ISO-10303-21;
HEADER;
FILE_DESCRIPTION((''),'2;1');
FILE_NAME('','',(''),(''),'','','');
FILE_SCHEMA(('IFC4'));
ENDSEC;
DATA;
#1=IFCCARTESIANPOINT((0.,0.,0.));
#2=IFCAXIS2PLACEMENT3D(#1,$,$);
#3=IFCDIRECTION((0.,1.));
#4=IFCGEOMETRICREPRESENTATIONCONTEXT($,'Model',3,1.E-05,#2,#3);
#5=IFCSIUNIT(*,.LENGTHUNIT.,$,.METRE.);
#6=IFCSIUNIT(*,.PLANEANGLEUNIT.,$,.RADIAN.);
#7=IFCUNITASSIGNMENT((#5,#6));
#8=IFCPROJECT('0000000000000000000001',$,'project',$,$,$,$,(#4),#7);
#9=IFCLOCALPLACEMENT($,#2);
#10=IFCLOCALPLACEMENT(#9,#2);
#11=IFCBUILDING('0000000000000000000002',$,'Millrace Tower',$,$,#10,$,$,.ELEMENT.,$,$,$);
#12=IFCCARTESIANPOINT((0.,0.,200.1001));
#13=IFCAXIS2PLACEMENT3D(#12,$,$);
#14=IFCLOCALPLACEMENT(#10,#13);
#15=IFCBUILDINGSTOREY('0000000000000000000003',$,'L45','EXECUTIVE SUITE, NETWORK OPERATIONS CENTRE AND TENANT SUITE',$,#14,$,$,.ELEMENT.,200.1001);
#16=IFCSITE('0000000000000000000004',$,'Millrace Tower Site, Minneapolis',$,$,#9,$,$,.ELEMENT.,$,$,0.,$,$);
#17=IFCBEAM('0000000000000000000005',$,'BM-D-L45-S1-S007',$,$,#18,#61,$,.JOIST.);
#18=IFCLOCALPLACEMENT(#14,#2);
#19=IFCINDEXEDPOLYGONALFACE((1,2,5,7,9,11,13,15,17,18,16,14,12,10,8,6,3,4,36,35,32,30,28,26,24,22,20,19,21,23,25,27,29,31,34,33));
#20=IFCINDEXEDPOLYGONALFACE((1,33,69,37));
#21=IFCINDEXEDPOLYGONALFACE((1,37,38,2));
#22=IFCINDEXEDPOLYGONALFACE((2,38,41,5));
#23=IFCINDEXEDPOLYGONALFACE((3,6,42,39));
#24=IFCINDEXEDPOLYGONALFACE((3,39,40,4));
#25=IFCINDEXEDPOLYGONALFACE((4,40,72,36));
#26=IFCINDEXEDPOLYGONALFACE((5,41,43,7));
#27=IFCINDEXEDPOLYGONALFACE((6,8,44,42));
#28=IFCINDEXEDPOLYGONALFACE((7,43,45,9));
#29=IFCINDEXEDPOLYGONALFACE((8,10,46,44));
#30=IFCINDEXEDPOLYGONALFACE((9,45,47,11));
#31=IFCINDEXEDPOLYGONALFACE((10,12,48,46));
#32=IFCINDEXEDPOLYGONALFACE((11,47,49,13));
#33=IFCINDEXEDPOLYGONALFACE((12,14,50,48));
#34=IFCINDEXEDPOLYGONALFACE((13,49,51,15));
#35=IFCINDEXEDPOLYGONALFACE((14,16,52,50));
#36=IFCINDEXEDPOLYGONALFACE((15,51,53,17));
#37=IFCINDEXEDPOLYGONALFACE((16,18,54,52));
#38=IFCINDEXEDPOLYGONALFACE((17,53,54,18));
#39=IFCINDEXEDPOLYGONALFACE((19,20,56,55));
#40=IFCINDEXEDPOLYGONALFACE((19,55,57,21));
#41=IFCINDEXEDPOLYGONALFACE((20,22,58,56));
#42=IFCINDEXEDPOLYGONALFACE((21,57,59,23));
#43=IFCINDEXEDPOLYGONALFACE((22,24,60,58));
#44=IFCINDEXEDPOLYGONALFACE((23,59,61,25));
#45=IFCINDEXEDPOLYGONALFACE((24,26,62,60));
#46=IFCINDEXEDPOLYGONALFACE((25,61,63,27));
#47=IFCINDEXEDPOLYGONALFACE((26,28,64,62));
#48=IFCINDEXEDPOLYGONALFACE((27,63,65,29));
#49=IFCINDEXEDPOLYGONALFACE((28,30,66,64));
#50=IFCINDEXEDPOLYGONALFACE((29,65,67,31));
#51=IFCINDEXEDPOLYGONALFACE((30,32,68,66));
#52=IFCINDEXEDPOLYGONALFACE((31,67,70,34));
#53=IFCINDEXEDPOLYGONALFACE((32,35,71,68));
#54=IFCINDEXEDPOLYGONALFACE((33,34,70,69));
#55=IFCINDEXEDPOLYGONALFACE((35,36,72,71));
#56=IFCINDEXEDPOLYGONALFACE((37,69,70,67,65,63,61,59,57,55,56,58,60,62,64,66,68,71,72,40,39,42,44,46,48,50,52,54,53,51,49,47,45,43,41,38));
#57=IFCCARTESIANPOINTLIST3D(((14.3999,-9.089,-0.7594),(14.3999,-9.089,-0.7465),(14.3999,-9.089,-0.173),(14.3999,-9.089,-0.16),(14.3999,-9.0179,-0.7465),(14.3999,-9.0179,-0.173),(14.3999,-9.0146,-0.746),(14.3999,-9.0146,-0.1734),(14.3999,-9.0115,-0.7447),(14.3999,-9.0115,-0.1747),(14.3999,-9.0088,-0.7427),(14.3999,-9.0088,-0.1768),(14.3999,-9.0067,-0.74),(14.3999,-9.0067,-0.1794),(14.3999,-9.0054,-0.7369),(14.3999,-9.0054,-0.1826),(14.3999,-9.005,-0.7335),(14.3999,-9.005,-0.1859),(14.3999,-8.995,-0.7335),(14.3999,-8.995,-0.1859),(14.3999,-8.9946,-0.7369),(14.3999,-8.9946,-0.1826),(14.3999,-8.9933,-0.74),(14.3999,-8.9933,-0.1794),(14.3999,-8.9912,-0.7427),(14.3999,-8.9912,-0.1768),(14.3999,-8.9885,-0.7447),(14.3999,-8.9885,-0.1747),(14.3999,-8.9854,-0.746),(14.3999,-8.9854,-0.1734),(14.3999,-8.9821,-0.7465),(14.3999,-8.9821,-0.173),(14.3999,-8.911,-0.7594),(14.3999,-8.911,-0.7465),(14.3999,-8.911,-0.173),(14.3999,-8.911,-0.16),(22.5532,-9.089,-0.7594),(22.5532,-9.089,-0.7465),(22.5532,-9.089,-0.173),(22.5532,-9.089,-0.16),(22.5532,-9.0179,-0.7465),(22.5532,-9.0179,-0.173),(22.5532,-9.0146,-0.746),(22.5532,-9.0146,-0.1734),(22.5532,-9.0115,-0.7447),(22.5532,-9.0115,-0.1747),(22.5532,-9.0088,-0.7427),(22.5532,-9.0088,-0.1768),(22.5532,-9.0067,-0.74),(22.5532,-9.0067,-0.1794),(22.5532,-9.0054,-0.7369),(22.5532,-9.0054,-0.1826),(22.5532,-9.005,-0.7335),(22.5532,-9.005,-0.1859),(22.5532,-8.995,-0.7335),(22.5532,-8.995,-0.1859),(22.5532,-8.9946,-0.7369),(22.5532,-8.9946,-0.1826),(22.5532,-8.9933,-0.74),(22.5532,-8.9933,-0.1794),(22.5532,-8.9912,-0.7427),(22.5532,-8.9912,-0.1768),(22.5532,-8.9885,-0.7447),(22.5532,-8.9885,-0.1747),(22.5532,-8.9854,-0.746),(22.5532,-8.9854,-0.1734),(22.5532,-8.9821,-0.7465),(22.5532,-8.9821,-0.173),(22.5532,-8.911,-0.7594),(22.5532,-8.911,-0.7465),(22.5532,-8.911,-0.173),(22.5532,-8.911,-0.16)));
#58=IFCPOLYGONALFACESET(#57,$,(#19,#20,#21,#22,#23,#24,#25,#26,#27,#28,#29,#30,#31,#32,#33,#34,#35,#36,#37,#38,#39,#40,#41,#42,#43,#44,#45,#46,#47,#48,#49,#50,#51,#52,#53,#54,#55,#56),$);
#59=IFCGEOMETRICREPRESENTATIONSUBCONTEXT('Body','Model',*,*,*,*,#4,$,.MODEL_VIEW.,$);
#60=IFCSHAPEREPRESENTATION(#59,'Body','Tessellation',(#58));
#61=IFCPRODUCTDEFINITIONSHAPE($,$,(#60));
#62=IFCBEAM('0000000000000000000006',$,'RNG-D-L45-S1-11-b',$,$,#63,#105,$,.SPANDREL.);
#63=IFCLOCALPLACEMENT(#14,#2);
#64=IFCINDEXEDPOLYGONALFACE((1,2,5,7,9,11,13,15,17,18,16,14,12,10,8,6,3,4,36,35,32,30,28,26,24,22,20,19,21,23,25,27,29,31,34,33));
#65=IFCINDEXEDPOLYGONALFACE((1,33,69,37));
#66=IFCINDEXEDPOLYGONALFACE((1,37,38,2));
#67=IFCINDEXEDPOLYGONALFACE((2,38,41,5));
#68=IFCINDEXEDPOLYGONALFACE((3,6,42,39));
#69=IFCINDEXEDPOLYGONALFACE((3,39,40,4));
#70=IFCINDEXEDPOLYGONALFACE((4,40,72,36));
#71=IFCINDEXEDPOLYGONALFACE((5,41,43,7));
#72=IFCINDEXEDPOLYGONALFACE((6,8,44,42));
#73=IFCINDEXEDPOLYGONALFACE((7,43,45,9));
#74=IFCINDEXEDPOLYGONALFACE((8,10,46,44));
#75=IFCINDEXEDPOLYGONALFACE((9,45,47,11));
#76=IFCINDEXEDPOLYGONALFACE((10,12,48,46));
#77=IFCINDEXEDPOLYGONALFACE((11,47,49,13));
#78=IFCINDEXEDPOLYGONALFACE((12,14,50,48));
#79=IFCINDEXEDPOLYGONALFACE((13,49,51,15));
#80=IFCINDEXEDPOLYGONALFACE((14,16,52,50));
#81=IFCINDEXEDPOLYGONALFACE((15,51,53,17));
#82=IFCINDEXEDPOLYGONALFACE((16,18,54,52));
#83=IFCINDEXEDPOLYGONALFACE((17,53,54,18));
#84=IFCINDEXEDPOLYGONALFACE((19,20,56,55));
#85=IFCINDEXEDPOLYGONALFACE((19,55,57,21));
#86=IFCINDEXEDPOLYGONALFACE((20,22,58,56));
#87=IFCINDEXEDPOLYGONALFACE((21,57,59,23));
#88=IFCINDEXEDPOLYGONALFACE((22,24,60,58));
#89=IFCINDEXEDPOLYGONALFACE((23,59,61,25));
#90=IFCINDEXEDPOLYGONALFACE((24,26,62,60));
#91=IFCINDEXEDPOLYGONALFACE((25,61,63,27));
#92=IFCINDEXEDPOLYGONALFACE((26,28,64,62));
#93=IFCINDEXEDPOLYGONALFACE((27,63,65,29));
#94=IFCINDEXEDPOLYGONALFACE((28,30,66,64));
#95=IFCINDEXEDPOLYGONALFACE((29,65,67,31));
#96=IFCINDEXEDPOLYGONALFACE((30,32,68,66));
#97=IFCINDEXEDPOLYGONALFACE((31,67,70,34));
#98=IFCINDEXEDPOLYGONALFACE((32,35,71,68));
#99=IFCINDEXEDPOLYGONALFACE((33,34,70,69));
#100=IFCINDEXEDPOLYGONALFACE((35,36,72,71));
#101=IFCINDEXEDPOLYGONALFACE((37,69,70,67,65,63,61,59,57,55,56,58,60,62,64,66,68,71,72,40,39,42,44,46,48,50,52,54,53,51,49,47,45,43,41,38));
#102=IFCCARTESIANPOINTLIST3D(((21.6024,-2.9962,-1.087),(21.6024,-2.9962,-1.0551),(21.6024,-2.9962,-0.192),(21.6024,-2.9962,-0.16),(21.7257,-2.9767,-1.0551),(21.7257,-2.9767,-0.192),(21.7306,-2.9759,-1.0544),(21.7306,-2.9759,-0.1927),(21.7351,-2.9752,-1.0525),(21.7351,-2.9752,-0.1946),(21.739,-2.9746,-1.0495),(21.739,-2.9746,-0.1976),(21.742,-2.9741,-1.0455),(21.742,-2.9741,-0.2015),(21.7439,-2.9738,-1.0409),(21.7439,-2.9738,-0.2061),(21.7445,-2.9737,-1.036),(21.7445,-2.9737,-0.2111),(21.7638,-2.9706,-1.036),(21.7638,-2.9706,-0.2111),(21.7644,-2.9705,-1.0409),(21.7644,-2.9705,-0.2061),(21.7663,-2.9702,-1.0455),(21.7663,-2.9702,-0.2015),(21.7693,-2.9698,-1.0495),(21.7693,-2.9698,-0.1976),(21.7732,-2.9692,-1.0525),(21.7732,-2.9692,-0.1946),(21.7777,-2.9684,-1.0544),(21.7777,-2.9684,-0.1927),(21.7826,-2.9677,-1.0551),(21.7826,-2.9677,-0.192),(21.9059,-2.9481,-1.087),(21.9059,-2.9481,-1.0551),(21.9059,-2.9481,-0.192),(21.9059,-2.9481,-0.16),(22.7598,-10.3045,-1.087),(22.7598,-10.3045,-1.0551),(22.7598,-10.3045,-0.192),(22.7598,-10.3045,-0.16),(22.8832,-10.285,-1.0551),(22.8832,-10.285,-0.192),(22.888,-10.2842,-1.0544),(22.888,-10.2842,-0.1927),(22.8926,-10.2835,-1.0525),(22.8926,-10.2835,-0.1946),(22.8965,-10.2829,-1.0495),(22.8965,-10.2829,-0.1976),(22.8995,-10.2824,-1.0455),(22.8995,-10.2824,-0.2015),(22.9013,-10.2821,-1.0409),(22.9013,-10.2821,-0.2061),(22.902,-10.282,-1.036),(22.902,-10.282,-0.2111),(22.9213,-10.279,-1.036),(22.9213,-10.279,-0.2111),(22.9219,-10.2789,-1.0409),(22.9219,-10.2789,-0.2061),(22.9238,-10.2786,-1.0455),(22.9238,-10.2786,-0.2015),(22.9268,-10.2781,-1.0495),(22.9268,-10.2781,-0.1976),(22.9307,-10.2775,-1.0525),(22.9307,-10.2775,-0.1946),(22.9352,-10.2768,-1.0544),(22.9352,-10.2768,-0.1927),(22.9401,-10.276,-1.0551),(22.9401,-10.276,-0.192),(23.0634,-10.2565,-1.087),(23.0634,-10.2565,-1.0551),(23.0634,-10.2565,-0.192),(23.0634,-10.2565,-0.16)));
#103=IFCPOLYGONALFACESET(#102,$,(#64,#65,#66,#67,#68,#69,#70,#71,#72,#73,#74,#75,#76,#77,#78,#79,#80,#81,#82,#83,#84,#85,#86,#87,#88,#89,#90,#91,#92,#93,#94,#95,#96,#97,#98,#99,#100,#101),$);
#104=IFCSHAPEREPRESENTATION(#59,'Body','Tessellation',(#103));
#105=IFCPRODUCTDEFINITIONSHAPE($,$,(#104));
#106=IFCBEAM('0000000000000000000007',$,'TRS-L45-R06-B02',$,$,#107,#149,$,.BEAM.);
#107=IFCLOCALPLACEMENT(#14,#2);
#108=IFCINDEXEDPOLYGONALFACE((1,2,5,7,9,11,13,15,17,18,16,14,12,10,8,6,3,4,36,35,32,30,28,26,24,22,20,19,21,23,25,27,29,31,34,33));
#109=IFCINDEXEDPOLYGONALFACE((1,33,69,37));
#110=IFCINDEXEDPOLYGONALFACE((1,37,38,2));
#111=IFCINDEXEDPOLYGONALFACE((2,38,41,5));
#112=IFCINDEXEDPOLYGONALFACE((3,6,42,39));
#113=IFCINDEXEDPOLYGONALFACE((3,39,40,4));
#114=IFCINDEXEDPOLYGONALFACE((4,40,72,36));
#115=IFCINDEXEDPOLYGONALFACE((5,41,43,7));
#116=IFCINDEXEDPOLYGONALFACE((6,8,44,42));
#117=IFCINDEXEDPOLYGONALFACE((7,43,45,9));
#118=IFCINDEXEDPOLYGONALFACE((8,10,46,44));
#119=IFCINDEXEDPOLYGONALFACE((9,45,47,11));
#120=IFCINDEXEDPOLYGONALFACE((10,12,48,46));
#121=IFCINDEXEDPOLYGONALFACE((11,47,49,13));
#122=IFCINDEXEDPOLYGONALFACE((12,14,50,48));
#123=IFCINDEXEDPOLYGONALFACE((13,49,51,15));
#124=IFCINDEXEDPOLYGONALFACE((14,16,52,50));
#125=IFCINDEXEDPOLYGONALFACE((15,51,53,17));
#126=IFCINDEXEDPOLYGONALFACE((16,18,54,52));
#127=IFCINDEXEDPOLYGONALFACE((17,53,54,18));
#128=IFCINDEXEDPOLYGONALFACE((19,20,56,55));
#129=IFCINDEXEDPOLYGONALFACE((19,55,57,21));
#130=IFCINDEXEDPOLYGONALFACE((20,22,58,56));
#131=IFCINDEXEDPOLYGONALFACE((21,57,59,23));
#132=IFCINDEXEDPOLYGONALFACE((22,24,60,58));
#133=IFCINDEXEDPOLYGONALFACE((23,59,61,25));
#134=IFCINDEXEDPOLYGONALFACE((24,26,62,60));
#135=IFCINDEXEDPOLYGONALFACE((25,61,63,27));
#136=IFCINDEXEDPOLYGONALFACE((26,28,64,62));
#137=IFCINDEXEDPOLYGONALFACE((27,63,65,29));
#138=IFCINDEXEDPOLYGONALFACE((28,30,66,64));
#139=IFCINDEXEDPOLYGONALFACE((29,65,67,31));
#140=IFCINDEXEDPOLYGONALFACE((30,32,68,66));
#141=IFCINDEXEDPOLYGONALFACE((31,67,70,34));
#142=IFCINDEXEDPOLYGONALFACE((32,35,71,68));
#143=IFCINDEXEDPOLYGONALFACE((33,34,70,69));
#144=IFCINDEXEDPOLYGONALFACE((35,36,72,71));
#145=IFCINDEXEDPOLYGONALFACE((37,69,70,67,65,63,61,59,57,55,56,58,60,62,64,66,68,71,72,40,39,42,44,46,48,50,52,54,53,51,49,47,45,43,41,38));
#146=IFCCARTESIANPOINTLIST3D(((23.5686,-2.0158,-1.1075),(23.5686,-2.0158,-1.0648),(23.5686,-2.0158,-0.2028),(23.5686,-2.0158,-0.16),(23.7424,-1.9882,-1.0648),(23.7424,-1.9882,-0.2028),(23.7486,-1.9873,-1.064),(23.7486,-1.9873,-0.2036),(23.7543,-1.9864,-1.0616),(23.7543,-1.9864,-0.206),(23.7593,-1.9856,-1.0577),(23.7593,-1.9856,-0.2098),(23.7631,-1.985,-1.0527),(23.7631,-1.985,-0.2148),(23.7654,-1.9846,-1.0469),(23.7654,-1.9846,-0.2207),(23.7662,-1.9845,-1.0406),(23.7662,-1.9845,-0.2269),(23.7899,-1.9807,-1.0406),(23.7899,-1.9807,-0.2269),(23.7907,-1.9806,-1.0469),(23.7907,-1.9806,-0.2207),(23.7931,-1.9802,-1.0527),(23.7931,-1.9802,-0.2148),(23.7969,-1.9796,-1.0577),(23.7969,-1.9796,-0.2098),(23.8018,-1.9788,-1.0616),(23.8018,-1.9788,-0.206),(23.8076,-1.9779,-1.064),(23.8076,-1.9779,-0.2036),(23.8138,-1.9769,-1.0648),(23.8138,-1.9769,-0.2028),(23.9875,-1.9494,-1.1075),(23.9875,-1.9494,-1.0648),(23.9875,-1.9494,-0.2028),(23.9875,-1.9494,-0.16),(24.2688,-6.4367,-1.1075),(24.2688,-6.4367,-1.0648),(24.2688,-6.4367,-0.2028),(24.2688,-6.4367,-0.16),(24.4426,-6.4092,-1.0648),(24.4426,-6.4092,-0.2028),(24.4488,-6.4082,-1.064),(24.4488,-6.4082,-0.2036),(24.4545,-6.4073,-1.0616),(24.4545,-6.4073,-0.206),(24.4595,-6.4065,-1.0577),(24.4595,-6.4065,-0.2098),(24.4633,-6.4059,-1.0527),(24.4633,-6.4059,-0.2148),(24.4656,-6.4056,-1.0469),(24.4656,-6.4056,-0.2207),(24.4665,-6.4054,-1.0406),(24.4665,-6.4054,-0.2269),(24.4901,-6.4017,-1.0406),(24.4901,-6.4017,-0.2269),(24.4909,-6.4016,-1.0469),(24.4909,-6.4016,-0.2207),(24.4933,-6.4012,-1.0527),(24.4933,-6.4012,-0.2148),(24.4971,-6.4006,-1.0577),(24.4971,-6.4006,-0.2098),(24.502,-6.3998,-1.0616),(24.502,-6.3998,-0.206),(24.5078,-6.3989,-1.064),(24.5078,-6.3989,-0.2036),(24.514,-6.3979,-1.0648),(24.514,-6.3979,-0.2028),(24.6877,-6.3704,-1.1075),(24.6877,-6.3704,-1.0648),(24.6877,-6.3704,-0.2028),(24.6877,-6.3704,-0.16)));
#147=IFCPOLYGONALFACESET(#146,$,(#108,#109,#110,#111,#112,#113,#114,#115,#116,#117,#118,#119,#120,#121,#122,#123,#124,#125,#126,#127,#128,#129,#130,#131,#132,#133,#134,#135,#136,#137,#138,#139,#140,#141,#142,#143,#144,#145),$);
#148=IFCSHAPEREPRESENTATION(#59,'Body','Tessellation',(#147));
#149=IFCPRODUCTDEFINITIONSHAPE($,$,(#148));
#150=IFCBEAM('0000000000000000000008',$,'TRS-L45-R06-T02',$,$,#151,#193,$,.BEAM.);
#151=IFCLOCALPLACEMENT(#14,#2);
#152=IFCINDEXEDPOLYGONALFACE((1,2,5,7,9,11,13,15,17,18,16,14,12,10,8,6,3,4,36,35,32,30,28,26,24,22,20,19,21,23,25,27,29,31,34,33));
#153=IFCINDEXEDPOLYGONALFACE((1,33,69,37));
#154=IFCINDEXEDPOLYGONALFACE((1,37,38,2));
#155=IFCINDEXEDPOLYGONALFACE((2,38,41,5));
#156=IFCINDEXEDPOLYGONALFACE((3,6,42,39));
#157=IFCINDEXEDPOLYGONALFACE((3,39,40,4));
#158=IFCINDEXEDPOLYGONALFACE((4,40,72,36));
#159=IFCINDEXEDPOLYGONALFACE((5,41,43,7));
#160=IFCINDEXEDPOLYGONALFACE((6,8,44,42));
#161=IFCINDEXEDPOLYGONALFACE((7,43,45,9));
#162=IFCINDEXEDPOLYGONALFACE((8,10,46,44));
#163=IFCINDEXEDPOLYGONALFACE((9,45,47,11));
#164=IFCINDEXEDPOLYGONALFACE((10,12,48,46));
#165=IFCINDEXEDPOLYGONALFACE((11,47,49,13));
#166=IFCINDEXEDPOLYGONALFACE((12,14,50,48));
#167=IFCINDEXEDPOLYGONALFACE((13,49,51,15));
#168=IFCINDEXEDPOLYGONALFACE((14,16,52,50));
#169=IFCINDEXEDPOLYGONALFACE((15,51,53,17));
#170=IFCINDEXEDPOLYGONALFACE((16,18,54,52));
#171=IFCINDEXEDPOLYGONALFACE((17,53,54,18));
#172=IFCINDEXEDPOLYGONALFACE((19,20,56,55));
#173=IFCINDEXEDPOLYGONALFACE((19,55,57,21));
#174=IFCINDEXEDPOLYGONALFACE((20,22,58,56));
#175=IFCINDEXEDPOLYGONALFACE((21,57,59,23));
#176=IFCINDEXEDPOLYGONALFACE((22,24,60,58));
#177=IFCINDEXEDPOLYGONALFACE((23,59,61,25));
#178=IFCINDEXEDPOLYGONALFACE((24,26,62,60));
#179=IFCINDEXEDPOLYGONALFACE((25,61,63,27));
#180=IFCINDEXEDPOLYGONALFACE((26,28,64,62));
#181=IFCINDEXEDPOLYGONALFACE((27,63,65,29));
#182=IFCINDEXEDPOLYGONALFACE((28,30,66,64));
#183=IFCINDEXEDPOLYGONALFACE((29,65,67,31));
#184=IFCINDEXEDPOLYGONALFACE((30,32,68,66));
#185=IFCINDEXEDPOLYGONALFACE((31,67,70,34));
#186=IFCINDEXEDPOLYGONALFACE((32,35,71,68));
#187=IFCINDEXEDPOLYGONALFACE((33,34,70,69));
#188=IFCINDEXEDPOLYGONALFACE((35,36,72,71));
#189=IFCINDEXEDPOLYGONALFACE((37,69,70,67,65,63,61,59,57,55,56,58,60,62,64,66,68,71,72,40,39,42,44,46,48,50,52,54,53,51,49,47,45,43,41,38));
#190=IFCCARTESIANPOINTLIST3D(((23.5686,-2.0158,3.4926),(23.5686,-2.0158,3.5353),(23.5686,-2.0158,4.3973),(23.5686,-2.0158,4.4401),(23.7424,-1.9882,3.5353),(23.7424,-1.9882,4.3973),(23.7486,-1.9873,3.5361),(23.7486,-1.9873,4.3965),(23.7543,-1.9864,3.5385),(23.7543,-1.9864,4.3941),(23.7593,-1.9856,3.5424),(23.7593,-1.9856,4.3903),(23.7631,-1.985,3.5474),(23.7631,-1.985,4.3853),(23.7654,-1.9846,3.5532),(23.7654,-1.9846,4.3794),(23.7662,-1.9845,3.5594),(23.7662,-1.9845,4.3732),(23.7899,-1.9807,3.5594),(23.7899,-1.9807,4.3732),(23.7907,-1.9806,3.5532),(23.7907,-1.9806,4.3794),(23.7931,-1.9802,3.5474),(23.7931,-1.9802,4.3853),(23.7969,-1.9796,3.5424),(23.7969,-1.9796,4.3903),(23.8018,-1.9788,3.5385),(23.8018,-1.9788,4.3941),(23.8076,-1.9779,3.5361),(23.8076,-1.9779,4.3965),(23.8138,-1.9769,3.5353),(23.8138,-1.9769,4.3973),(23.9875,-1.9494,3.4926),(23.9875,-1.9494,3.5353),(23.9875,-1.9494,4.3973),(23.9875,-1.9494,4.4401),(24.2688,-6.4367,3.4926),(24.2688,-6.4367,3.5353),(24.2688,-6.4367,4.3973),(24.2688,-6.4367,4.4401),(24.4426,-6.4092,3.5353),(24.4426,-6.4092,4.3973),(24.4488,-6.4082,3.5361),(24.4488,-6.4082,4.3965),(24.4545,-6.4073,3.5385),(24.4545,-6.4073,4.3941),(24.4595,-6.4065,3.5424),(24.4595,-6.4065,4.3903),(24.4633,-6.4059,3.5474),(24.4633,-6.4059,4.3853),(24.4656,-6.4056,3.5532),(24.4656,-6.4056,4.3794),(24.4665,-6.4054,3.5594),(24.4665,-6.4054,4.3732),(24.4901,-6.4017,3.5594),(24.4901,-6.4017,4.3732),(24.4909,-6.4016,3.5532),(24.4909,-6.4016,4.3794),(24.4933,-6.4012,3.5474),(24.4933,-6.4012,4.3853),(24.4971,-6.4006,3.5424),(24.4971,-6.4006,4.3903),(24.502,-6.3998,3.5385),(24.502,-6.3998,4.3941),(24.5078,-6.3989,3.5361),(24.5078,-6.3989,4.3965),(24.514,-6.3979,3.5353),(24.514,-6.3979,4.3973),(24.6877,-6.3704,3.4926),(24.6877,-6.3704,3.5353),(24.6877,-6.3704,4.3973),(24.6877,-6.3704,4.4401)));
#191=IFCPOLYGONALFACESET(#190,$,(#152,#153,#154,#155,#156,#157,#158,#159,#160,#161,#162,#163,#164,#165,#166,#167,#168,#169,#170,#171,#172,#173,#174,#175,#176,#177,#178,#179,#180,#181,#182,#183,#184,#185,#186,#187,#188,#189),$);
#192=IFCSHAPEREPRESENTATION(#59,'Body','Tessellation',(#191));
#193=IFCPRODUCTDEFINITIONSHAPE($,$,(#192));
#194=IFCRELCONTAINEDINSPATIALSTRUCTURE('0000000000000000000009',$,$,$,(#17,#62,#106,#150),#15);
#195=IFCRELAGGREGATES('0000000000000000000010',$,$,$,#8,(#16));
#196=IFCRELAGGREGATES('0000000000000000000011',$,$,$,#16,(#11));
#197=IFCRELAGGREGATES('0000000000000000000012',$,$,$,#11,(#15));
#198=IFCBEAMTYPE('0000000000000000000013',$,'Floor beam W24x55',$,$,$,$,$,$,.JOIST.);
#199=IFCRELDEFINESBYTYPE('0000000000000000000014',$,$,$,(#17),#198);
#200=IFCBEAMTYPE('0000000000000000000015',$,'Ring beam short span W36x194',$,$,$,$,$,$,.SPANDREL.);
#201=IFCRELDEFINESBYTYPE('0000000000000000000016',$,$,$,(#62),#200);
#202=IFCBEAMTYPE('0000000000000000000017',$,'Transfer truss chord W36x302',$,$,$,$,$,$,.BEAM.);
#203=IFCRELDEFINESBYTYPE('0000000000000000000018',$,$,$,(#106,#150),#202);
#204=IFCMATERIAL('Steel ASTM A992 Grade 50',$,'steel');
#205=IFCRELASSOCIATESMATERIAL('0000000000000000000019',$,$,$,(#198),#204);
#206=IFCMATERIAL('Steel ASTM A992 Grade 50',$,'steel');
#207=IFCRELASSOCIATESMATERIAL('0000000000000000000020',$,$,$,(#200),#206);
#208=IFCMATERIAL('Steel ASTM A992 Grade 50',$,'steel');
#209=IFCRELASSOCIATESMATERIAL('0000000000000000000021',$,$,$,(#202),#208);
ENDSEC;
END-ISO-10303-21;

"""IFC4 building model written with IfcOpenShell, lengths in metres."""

from ifc_helpers import new_model, si_unit, direction, frame, origin, origin_2d, place, context, subcontext, project, spatial, i_section, extrude, material, material_profile, profile_set, type_object, element, save


model = new_model("IFC4")

# Units and contexts
model_context = context("Model", 3, precision=1e-05, world=origin(), true_north=direction((0.0, 1.0)))
body_context = subcontext(model_context, "Body", "Model", "MODEL_VIEW")
ifc_project = project(units=[si_unit("LENGTHUNIT", "METRE"), si_unit("PLANEANGLEUNIT", "RADIAN")], contexts=[model_context])

# Site, building, storey
site_placement = place(None, origin())
site = spatial("IfcSite", under=ifc_project, at=site_placement, Name="Millrace Tower Site, Minneapolis", CompositionType="ELEMENT", RefElevation=0.0)
building_placement = place(site_placement, origin())
building = spatial("IfcBuilding", under=site, at=building_placement, Name="Millrace Tower", CompositionType="ELEMENT")
storey_placement = place(building_placement, frame((0.0, 0.0, 200.1001)))
storey = spatial("IfcBuildingStorey", under=building, at=storey_placement, Name="L45", Description="EXECUTIVE SUITE, NETWORK OPERATIONS CENTRE AND TENANT SUITE", CompositionType="ELEMENT", Elevation=200.1001)

# Beams
ifc_material_1 = material(Name="Steel ASTM A992 Grade 50", Category="steel")
ifc_material_profile_1 = material_profile(ifc_material_1, i_section(OverallWidth=0.178, OverallDepth=0.5994, WebThickness=0.01, FlangeThickness=0.0129, FilletRadius=0.0129, at=origin_2d()))
ifc_profile_set_1 = profile_set([ifc_material_profile_1], Name="Steel ASTM A992 Grade 50")
beam_type_1 = type_object("IfcBeamType", Name="Floor beam W24x55", PredefinedType="JOIST", material=ifc_profile_set_1)
beam_1_placement = place(storey_placement, frame((14.3999, -9.0, -0.4597), z_axis=(1.0, 0.0, 0.0), x_axis=(0.0, 1.0, 0.0)))
element("IfcBeam", 1, at=beam_1_placement, inside=storey, type_object=beam_type_1, Name="BM-D-L45-S1-S007", PredefinedType="JOIST", context=body_context, shape_type="SweptSolid", body=[
    extrude(i_section(OverallWidth=0.178, OverallDepth=0.5994, WebThickness=0.01, FlangeThickness=0.0129, FilletRadius=0.0129, at=origin_2d()), origin(), (0.0, 0.0, 1.0), 8.1533),
])
ifc_material_2 = material(Name="Steel ASTM A992 Grade 50", Category="steel")
ifc_material_profile_2 = material_profile(ifc_material_2, i_section(OverallWidth=0.3074, OverallDepth=0.927, WebThickness=0.0195, FlangeThickness=0.032, FilletRadius=0.019, at=origin_2d()))
ifc_profile_set_2 = profile_set([ifc_material_profile_2], Name="Steel ASTM A992 Grade 50")
beam_type_2 = type_object("IfcBeamType", Name="Ring beam short span W36x194", PredefinedType="SPANDREL", material=ifc_profile_set_2)
beam_2_placement = place(storey_placement, frame((21.7542, -2.9722, -0.6235), z_axis=(0.156427, -0.98769, 0.0), x_axis=(0.98769, 0.156427, 0.0)))
element("IfcBeam", 2, at=beam_2_placement, inside=storey, type_object=beam_type_2, Name="RNG-D-L45-S1-11-b", PredefinedType="SPANDREL", context=body_context, shape_type="SweptSolid", body=[
    extrude(i_section(OverallWidth=0.3074, OverallDepth=0.927, WebThickness=0.0195, FlangeThickness=0.032, FilletRadius=0.019, at=origin_2d()), origin(), (0.0, 0.0, 1.0), 7.3994),
])
ifc_material_3 = material(Name="Steel ASTM A992 Grade 50", Category="steel")
ifc_material_profile_3 = material_profile(ifc_material_3, i_section(OverallWidth=0.4241, OverallDepth=0.9475, WebThickness=0.0239, FlangeThickness=0.0427, FilletRadius=0.0242, at=origin_2d()))
ifc_profile_set_3 = profile_set([ifc_material_profile_3], Name="Steel ASTM A992 Grade 50")
beam_type_3 = type_object("IfcBeamType", Name="Transfer truss chord W36x302", PredefinedType="BEAM", material=ifc_profile_set_3)
for number, where, z_axis, x_axis, name in (
    (3, (24.4783, -6.4036, -0.6338), (-0.156433, 0.987689, 0.0), (-0.987689, -0.156433, 0.0), "TRS-L45-R06-B02"),
    (4, (24.4783, -6.4036, 3.9663), (-0.156433, 0.987689, 0.0), (-0.987689, -0.156433, 0.0), "TRS-L45-R06-T02"),
):
    element("IfcBeam", number, at=place(storey_placement, frame(where, z_axis=z_axis, x_axis=x_axis)), inside=storey, type_object=beam_type_3, Name=name, PredefinedType="BEAM", context=body_context, shape_type="SweptSolid", body=[
        extrude(i_section(OverallWidth=0.4241, OverallDepth=0.9475, WebThickness=0.0239, FlangeThickness=0.0427, FilletRadius=0.0242, at=origin_2d()), origin(), (0.0, 0.0, 1.0), 4.4761),
    ])

save(model, "model.ifc")
